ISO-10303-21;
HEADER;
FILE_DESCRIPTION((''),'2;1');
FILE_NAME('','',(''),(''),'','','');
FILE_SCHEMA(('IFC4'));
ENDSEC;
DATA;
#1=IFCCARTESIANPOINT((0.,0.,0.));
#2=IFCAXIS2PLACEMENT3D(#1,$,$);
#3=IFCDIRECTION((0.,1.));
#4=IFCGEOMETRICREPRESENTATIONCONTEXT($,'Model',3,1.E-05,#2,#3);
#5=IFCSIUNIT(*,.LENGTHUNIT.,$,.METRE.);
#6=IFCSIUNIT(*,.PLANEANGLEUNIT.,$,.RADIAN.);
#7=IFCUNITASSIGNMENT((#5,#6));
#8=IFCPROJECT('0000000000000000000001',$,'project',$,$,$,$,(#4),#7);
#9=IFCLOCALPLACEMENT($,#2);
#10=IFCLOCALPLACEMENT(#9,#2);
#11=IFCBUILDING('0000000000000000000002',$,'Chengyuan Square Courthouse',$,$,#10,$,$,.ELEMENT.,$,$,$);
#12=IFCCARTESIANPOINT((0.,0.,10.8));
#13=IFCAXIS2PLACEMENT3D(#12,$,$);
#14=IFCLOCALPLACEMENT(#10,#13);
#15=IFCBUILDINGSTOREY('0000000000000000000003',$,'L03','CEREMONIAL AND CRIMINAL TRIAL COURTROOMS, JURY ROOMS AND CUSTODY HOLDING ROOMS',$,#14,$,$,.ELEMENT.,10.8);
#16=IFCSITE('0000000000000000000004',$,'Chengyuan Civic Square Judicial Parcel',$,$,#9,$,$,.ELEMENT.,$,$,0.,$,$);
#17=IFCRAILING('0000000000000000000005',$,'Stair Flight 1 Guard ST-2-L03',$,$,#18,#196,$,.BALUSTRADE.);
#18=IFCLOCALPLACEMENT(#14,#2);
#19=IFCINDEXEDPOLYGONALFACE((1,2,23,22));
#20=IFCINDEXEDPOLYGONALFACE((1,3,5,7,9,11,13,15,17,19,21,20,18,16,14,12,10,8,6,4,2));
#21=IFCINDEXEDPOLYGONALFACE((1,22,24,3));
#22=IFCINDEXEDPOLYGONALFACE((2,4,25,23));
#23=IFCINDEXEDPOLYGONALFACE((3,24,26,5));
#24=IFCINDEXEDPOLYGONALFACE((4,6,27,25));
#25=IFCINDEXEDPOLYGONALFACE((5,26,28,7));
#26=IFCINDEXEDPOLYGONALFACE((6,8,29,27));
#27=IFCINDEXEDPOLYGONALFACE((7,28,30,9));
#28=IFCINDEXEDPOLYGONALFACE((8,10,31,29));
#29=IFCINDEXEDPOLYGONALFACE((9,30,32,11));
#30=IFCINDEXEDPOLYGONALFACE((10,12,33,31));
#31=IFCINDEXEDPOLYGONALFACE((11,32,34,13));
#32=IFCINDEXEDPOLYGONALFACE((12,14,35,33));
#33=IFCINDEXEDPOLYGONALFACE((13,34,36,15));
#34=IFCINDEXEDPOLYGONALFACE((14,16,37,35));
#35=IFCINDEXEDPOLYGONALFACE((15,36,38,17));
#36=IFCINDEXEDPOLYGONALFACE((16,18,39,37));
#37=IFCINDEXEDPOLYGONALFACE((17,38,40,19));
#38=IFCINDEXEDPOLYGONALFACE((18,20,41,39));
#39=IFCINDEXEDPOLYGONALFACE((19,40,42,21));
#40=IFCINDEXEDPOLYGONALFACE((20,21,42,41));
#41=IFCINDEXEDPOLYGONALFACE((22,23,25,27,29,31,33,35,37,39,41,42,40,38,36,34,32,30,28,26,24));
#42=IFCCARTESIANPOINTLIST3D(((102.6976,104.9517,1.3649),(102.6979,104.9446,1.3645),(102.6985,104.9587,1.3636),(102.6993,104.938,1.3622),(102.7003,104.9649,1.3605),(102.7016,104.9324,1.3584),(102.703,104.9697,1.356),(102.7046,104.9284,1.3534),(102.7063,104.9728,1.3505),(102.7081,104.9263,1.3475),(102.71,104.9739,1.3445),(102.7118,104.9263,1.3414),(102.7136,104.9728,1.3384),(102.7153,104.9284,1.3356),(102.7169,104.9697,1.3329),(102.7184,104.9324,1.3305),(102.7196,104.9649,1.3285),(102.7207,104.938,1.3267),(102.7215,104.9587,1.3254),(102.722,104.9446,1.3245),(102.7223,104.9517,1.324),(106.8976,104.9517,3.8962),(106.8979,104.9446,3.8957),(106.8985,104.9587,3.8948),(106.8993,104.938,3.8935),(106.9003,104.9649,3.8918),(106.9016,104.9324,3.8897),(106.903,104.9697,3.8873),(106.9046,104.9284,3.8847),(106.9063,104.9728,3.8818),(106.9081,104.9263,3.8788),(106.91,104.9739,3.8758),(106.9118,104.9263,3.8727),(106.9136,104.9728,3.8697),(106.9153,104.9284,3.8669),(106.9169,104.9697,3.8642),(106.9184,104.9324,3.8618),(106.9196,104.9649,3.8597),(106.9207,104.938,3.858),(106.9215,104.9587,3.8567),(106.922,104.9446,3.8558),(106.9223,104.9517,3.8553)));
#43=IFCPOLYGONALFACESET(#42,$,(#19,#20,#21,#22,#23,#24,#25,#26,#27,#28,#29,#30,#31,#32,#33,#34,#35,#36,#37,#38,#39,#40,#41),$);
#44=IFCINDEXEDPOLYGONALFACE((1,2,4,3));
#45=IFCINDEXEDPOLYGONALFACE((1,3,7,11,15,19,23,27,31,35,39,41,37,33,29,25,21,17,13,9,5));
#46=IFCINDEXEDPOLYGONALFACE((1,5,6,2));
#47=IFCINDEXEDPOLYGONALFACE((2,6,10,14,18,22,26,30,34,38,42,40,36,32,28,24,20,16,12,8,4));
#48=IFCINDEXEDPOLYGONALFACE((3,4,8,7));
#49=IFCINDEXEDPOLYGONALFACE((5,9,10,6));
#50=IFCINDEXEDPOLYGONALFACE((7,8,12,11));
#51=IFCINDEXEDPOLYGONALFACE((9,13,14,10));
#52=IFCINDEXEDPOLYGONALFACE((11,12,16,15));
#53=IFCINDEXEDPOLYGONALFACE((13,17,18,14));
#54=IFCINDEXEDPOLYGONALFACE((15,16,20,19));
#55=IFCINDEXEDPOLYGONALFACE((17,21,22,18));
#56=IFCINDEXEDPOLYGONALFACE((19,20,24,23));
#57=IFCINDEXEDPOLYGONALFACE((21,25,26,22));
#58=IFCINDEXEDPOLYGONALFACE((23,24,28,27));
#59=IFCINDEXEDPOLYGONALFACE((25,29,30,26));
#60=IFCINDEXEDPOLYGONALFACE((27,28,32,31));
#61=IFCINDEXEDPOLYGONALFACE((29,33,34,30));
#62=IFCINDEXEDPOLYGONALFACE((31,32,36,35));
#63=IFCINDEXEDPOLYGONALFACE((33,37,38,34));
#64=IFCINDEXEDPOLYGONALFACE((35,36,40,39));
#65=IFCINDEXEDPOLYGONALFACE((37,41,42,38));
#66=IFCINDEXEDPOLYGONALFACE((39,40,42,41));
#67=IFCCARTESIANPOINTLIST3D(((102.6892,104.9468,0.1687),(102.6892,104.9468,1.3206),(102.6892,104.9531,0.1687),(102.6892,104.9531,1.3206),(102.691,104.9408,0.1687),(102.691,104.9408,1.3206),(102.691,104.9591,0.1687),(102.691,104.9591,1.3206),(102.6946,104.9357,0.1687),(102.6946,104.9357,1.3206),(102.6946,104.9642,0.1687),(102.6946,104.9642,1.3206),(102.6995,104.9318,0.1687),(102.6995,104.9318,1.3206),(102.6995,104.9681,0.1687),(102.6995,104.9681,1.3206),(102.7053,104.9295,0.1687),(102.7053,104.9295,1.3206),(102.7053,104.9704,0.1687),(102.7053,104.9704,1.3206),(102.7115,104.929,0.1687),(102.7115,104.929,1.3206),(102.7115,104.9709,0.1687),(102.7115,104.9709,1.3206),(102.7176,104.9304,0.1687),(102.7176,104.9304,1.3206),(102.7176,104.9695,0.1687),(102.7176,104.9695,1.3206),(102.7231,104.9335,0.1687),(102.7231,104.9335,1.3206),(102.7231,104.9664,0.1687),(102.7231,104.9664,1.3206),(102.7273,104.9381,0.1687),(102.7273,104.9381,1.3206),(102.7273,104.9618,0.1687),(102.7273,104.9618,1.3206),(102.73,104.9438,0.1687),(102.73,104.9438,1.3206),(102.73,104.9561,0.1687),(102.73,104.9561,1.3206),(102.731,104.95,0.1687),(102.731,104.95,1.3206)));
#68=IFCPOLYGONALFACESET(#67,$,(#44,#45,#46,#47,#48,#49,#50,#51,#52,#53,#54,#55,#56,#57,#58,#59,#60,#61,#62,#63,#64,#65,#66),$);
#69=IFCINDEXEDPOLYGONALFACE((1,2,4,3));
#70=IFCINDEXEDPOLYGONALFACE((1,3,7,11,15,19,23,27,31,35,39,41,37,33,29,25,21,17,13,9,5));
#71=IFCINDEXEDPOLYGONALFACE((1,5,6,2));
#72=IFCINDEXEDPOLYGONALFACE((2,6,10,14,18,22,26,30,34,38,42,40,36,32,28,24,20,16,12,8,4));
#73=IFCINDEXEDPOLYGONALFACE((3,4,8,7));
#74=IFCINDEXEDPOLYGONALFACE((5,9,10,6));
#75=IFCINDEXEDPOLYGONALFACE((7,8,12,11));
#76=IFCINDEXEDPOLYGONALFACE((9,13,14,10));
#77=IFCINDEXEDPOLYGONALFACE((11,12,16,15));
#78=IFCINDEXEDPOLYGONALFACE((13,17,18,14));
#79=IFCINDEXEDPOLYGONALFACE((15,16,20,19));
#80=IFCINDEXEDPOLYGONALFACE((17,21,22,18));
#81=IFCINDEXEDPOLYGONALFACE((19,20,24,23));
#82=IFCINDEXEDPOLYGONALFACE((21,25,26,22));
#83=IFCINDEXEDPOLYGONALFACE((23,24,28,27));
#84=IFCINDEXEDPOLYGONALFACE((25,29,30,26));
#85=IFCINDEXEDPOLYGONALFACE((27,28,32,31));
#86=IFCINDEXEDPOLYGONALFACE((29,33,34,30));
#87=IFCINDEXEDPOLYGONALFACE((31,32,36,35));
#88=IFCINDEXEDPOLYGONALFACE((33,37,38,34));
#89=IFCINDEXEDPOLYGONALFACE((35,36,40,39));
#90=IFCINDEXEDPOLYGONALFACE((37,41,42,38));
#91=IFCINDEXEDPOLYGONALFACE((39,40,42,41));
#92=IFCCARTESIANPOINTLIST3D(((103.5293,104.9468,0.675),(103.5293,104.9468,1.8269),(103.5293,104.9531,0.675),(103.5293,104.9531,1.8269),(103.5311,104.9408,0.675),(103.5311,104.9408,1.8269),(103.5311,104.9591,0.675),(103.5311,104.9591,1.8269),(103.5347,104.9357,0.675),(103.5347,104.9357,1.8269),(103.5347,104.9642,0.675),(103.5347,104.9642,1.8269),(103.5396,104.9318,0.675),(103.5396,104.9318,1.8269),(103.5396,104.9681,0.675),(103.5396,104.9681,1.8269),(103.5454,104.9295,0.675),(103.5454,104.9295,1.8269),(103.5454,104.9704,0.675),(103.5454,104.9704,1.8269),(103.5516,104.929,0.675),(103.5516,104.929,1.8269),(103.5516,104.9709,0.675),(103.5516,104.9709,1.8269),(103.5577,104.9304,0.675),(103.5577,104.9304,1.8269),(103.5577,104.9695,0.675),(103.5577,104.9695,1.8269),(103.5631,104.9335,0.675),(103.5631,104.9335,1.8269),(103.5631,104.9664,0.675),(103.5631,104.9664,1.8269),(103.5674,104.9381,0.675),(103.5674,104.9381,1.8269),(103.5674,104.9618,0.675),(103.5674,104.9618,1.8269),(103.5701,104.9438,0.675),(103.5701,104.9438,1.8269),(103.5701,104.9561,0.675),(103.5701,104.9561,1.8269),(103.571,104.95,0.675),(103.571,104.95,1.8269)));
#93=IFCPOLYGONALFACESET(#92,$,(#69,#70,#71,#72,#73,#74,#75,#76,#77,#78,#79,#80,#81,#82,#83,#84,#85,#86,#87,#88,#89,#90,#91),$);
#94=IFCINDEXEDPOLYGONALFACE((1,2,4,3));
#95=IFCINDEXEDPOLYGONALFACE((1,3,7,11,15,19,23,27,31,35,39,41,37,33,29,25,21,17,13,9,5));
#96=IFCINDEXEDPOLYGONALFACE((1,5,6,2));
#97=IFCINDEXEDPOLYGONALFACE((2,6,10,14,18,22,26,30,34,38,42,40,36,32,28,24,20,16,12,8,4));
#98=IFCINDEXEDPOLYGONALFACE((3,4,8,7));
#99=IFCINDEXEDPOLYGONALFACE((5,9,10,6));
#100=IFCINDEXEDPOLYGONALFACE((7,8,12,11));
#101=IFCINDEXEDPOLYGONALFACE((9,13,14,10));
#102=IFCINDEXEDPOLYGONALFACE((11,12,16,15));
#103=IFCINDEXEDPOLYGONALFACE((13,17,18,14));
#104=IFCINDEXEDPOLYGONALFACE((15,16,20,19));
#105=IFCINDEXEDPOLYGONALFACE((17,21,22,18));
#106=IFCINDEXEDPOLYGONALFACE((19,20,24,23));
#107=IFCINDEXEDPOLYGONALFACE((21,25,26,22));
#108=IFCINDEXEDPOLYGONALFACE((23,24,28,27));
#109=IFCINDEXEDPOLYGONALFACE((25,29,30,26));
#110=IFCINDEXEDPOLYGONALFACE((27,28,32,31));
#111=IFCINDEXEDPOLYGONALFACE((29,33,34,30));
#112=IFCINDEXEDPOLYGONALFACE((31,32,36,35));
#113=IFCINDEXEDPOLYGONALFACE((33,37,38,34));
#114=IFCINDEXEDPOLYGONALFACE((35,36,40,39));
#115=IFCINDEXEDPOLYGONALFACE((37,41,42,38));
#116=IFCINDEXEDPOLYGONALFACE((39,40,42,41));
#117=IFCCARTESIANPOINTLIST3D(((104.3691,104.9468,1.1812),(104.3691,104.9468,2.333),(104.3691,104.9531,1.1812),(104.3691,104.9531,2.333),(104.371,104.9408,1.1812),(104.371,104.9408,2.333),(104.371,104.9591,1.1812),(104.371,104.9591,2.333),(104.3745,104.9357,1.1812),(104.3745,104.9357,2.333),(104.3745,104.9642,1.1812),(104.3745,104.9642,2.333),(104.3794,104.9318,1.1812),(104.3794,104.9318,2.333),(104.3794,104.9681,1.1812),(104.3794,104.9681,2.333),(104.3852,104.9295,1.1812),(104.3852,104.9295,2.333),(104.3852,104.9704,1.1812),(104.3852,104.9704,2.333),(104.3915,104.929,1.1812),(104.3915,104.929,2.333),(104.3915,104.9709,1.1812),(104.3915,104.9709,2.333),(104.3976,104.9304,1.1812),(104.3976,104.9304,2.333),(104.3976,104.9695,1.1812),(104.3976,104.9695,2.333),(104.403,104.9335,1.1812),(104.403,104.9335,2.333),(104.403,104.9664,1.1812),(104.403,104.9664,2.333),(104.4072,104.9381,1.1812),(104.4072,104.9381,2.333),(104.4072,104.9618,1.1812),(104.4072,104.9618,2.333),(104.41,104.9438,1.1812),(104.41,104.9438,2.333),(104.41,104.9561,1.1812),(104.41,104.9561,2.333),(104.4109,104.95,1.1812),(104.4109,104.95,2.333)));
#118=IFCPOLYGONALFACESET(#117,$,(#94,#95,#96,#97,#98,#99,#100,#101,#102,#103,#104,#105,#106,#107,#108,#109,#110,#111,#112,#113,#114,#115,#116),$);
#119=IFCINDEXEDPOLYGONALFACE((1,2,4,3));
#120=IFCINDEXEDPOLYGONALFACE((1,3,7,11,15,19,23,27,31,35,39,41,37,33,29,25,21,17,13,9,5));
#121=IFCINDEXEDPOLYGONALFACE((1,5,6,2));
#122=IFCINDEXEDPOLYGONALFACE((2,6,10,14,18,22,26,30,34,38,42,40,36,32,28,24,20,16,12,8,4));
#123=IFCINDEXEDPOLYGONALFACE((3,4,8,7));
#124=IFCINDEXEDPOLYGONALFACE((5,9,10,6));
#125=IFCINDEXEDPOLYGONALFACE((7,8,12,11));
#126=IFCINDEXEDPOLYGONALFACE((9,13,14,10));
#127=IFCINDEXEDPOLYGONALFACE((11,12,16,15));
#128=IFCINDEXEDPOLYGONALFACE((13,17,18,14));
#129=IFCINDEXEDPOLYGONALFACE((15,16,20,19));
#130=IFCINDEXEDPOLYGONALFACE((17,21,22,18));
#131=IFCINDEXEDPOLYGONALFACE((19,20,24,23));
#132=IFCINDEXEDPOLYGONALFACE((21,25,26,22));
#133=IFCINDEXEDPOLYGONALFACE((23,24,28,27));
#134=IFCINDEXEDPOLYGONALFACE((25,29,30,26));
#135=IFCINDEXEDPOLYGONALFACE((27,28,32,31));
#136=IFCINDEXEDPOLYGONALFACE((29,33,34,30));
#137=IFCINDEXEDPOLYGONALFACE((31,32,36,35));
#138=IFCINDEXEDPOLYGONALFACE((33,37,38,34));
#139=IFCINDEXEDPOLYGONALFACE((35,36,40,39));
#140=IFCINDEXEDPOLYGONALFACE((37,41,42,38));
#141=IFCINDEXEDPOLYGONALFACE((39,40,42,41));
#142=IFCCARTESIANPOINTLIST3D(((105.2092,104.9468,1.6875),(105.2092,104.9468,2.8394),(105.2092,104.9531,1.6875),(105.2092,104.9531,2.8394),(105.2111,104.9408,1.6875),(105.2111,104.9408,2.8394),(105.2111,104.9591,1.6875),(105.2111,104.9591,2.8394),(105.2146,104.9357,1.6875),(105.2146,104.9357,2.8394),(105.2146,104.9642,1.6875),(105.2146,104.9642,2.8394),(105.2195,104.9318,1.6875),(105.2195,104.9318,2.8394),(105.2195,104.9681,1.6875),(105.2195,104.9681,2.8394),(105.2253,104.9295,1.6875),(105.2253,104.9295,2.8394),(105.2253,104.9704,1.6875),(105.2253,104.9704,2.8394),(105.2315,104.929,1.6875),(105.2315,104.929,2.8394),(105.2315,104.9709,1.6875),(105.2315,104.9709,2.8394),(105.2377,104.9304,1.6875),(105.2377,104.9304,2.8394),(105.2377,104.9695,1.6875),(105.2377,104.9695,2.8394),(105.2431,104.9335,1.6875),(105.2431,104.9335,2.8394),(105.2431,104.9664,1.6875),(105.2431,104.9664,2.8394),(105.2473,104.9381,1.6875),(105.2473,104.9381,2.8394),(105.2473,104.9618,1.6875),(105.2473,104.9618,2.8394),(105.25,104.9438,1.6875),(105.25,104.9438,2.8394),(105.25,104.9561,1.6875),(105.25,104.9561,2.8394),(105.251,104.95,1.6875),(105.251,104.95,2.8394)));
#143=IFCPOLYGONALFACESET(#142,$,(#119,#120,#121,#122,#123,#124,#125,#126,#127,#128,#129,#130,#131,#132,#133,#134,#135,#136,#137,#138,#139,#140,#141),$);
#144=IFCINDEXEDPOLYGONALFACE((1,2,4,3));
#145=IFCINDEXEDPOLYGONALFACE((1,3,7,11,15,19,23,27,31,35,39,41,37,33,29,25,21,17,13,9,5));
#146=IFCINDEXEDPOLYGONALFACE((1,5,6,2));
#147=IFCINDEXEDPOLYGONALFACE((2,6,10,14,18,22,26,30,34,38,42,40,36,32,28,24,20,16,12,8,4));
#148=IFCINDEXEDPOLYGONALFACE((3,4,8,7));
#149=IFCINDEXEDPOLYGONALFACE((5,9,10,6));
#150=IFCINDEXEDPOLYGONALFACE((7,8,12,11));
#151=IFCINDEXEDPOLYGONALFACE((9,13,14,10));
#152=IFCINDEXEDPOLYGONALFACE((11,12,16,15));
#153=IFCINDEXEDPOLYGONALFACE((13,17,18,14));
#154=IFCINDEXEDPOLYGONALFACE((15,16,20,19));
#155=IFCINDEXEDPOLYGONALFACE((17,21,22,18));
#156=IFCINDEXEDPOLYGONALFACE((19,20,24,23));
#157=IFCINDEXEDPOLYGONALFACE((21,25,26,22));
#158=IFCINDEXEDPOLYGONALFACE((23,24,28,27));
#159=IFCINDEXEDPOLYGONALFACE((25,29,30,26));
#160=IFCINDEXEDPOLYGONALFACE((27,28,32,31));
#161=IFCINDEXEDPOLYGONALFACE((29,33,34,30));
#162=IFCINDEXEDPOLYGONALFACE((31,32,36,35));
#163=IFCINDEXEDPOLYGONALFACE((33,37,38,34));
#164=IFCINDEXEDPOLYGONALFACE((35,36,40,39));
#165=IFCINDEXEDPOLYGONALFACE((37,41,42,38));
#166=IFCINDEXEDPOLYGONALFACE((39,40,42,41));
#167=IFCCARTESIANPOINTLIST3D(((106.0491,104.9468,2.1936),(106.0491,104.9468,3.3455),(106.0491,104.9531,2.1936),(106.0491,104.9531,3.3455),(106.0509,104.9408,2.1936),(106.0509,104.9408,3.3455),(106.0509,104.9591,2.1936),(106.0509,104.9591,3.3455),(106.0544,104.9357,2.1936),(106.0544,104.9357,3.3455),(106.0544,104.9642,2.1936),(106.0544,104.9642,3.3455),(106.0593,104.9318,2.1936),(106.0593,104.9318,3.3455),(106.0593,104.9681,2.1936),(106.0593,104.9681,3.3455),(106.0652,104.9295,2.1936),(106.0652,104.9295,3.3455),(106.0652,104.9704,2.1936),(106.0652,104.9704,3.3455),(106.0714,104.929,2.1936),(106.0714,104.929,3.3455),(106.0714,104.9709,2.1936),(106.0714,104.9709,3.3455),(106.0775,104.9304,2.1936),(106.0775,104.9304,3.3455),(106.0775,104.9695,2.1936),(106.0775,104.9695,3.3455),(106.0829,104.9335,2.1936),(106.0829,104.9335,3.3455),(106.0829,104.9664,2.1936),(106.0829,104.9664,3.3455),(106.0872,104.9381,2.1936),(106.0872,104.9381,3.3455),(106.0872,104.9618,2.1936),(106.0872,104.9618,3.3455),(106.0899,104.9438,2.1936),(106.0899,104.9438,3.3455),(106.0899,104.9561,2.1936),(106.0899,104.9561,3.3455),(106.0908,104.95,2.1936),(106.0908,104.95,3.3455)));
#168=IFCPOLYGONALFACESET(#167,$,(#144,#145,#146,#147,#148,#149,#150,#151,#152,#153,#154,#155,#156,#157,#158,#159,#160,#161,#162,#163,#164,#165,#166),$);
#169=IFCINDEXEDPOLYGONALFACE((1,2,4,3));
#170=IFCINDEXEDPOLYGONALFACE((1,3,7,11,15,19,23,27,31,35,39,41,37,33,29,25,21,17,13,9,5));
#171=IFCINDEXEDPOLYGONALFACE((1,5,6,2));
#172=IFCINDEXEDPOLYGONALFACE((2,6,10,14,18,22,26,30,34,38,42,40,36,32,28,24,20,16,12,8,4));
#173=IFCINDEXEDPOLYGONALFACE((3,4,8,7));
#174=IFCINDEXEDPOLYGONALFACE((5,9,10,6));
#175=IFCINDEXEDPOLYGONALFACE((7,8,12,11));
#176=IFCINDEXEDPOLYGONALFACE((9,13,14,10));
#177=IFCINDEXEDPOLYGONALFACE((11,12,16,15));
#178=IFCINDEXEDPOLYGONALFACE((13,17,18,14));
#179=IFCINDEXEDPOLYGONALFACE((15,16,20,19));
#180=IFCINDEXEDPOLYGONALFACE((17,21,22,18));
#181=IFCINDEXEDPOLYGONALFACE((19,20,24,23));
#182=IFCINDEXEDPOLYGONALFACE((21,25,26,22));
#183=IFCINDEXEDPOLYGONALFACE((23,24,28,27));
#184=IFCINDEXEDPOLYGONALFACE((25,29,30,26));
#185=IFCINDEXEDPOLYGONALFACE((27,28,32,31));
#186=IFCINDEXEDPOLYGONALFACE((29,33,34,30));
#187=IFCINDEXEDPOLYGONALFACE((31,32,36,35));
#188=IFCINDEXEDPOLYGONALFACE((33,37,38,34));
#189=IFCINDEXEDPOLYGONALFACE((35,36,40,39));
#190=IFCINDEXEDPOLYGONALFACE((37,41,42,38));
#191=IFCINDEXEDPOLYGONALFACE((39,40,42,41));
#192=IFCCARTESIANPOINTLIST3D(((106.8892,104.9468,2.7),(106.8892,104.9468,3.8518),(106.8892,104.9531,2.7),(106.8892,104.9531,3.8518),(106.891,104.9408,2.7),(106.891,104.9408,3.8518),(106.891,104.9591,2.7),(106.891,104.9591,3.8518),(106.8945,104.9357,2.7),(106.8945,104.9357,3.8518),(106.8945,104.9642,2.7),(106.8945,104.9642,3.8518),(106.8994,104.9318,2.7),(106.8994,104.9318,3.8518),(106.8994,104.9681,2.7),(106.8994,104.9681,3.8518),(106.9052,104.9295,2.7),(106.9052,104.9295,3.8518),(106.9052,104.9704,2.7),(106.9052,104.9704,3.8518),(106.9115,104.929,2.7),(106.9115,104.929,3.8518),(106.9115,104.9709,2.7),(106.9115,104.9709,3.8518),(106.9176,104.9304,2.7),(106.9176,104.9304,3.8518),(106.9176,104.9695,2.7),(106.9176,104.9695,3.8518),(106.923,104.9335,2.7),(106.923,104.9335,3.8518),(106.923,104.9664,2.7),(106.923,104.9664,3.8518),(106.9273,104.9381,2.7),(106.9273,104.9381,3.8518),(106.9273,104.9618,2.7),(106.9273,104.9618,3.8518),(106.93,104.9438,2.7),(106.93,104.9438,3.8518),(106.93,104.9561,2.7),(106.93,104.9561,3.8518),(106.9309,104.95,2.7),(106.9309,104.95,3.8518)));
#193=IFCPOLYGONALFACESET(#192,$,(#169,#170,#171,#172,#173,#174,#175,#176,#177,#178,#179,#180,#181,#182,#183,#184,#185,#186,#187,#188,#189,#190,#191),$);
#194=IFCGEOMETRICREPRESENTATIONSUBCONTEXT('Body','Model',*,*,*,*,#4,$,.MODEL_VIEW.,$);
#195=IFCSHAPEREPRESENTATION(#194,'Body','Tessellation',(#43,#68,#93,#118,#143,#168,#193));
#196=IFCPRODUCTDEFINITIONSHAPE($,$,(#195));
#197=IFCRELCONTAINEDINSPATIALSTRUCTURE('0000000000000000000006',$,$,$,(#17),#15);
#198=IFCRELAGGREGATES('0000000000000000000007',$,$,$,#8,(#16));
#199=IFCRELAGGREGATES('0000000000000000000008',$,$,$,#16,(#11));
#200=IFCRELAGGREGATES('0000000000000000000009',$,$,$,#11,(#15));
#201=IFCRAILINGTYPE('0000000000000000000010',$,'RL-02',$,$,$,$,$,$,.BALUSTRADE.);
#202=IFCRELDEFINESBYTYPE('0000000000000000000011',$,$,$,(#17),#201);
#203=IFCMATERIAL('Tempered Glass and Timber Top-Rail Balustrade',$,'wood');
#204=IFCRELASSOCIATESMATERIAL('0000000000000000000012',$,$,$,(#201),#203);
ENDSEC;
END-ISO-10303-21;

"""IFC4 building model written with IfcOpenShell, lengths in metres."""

from ifc_helpers import new_model, si_unit, direction, frame, origin, origin_2d, place, context, subcontext, project, spatial, circle, extrude, material, type_object, element, save


model = new_model("IFC4")

# Units and contexts
model_context = context("Model", 3, precision=1e-05, world=origin(), true_north=direction((0.0, 1.0)))
body_context = subcontext(model_context, "Body", "Model", "MODEL_VIEW")
ifc_project = project(units=[si_unit("LENGTHUNIT", "METRE"), si_unit("PLANEANGLEUNIT", "RADIAN")], contexts=[model_context])

# Site, building, storey
site_placement = place(None, origin())
site = spatial("IfcSite", under=ifc_project, at=site_placement, Name="Chengyuan Civic Square Judicial Parcel", CompositionType="ELEMENT", RefElevation=0.0)
building_placement = place(site_placement, origin())
building = spatial("IfcBuilding", under=site, at=building_placement, Name="Chengyuan Square Courthouse", CompositionType="ELEMENT")
storey_placement = place(building_placement, frame((0.0, 0.0, 10.8)))
storey = spatial("IfcBuildingStorey", under=building, at=storey_placement, Name="L03", Description="CEREMONIAL AND CRIMINAL TRIAL COURTROOMS, JURY ROOMS AND CUSTODY HOLDING ROOMS", CompositionType="ELEMENT", Elevation=10.8)

# Railing
ifc_material_1 = material(Name="Tempered Glass and Timber Top-Rail Balustrade", Category="wood")
railing_type_1 = type_object("IfcRailingType", Name="RL-02", PredefinedType="BALUSTRADE", material=ifc_material_1)
railing_1_placement = place(storey_placement, frame((102.71, 104.95, 0.1687)))
element("IfcRailing", 1, at=railing_1_placement, inside=storey, type_object=railing_type_1, Name="Stair Flight 1 Guard ST-2-L03", PredefinedType="BALUSTRADE", context=body_context, shape_type="SweptSolid", body=[
    extrude(circle(Radius=0.0239, at=origin_2d()), frame((0.0, 0.0, 1.1758), z_axis=(0.856476, 0.0, 0.516186), x_axis=(0.0, 1.0, 0.0)), (0.0, 0.0, 1.0), 4.9038),
    extrude(circle(Radius=0.021, at=origin_2d()), origin(), (0.0, 0.0, 1.0), 1.1519),
    extrude(circle(Radius=0.021, at=origin_2d()), frame((0.8401, 0.0, 0.5063)), (0.0, 0.0, 1.0), 1.1519),
    extrude(circle(Radius=0.021, at=origin_2d()), frame((1.6799, 0.0, 1.0125)), (0.0, 0.0, 1.0), 1.1519),
    extrude(circle(Radius=0.021, at=origin_2d()), frame((2.52, 0.0, 1.5188)), (0.0, 0.0, 1.0), 1.1519),
    extrude(circle(Radius=0.021, at=origin_2d()), frame((3.3599, 0.0, 2.0249)), (0.0, 0.0, 1.0), 1.1519),
    extrude(circle(Radius=0.021, at=origin_2d()), frame((4.2, 0.0, 2.5312)), (0.0, 0.0, 1.0), 1.1519),
])

save(model, "model.ifc")
